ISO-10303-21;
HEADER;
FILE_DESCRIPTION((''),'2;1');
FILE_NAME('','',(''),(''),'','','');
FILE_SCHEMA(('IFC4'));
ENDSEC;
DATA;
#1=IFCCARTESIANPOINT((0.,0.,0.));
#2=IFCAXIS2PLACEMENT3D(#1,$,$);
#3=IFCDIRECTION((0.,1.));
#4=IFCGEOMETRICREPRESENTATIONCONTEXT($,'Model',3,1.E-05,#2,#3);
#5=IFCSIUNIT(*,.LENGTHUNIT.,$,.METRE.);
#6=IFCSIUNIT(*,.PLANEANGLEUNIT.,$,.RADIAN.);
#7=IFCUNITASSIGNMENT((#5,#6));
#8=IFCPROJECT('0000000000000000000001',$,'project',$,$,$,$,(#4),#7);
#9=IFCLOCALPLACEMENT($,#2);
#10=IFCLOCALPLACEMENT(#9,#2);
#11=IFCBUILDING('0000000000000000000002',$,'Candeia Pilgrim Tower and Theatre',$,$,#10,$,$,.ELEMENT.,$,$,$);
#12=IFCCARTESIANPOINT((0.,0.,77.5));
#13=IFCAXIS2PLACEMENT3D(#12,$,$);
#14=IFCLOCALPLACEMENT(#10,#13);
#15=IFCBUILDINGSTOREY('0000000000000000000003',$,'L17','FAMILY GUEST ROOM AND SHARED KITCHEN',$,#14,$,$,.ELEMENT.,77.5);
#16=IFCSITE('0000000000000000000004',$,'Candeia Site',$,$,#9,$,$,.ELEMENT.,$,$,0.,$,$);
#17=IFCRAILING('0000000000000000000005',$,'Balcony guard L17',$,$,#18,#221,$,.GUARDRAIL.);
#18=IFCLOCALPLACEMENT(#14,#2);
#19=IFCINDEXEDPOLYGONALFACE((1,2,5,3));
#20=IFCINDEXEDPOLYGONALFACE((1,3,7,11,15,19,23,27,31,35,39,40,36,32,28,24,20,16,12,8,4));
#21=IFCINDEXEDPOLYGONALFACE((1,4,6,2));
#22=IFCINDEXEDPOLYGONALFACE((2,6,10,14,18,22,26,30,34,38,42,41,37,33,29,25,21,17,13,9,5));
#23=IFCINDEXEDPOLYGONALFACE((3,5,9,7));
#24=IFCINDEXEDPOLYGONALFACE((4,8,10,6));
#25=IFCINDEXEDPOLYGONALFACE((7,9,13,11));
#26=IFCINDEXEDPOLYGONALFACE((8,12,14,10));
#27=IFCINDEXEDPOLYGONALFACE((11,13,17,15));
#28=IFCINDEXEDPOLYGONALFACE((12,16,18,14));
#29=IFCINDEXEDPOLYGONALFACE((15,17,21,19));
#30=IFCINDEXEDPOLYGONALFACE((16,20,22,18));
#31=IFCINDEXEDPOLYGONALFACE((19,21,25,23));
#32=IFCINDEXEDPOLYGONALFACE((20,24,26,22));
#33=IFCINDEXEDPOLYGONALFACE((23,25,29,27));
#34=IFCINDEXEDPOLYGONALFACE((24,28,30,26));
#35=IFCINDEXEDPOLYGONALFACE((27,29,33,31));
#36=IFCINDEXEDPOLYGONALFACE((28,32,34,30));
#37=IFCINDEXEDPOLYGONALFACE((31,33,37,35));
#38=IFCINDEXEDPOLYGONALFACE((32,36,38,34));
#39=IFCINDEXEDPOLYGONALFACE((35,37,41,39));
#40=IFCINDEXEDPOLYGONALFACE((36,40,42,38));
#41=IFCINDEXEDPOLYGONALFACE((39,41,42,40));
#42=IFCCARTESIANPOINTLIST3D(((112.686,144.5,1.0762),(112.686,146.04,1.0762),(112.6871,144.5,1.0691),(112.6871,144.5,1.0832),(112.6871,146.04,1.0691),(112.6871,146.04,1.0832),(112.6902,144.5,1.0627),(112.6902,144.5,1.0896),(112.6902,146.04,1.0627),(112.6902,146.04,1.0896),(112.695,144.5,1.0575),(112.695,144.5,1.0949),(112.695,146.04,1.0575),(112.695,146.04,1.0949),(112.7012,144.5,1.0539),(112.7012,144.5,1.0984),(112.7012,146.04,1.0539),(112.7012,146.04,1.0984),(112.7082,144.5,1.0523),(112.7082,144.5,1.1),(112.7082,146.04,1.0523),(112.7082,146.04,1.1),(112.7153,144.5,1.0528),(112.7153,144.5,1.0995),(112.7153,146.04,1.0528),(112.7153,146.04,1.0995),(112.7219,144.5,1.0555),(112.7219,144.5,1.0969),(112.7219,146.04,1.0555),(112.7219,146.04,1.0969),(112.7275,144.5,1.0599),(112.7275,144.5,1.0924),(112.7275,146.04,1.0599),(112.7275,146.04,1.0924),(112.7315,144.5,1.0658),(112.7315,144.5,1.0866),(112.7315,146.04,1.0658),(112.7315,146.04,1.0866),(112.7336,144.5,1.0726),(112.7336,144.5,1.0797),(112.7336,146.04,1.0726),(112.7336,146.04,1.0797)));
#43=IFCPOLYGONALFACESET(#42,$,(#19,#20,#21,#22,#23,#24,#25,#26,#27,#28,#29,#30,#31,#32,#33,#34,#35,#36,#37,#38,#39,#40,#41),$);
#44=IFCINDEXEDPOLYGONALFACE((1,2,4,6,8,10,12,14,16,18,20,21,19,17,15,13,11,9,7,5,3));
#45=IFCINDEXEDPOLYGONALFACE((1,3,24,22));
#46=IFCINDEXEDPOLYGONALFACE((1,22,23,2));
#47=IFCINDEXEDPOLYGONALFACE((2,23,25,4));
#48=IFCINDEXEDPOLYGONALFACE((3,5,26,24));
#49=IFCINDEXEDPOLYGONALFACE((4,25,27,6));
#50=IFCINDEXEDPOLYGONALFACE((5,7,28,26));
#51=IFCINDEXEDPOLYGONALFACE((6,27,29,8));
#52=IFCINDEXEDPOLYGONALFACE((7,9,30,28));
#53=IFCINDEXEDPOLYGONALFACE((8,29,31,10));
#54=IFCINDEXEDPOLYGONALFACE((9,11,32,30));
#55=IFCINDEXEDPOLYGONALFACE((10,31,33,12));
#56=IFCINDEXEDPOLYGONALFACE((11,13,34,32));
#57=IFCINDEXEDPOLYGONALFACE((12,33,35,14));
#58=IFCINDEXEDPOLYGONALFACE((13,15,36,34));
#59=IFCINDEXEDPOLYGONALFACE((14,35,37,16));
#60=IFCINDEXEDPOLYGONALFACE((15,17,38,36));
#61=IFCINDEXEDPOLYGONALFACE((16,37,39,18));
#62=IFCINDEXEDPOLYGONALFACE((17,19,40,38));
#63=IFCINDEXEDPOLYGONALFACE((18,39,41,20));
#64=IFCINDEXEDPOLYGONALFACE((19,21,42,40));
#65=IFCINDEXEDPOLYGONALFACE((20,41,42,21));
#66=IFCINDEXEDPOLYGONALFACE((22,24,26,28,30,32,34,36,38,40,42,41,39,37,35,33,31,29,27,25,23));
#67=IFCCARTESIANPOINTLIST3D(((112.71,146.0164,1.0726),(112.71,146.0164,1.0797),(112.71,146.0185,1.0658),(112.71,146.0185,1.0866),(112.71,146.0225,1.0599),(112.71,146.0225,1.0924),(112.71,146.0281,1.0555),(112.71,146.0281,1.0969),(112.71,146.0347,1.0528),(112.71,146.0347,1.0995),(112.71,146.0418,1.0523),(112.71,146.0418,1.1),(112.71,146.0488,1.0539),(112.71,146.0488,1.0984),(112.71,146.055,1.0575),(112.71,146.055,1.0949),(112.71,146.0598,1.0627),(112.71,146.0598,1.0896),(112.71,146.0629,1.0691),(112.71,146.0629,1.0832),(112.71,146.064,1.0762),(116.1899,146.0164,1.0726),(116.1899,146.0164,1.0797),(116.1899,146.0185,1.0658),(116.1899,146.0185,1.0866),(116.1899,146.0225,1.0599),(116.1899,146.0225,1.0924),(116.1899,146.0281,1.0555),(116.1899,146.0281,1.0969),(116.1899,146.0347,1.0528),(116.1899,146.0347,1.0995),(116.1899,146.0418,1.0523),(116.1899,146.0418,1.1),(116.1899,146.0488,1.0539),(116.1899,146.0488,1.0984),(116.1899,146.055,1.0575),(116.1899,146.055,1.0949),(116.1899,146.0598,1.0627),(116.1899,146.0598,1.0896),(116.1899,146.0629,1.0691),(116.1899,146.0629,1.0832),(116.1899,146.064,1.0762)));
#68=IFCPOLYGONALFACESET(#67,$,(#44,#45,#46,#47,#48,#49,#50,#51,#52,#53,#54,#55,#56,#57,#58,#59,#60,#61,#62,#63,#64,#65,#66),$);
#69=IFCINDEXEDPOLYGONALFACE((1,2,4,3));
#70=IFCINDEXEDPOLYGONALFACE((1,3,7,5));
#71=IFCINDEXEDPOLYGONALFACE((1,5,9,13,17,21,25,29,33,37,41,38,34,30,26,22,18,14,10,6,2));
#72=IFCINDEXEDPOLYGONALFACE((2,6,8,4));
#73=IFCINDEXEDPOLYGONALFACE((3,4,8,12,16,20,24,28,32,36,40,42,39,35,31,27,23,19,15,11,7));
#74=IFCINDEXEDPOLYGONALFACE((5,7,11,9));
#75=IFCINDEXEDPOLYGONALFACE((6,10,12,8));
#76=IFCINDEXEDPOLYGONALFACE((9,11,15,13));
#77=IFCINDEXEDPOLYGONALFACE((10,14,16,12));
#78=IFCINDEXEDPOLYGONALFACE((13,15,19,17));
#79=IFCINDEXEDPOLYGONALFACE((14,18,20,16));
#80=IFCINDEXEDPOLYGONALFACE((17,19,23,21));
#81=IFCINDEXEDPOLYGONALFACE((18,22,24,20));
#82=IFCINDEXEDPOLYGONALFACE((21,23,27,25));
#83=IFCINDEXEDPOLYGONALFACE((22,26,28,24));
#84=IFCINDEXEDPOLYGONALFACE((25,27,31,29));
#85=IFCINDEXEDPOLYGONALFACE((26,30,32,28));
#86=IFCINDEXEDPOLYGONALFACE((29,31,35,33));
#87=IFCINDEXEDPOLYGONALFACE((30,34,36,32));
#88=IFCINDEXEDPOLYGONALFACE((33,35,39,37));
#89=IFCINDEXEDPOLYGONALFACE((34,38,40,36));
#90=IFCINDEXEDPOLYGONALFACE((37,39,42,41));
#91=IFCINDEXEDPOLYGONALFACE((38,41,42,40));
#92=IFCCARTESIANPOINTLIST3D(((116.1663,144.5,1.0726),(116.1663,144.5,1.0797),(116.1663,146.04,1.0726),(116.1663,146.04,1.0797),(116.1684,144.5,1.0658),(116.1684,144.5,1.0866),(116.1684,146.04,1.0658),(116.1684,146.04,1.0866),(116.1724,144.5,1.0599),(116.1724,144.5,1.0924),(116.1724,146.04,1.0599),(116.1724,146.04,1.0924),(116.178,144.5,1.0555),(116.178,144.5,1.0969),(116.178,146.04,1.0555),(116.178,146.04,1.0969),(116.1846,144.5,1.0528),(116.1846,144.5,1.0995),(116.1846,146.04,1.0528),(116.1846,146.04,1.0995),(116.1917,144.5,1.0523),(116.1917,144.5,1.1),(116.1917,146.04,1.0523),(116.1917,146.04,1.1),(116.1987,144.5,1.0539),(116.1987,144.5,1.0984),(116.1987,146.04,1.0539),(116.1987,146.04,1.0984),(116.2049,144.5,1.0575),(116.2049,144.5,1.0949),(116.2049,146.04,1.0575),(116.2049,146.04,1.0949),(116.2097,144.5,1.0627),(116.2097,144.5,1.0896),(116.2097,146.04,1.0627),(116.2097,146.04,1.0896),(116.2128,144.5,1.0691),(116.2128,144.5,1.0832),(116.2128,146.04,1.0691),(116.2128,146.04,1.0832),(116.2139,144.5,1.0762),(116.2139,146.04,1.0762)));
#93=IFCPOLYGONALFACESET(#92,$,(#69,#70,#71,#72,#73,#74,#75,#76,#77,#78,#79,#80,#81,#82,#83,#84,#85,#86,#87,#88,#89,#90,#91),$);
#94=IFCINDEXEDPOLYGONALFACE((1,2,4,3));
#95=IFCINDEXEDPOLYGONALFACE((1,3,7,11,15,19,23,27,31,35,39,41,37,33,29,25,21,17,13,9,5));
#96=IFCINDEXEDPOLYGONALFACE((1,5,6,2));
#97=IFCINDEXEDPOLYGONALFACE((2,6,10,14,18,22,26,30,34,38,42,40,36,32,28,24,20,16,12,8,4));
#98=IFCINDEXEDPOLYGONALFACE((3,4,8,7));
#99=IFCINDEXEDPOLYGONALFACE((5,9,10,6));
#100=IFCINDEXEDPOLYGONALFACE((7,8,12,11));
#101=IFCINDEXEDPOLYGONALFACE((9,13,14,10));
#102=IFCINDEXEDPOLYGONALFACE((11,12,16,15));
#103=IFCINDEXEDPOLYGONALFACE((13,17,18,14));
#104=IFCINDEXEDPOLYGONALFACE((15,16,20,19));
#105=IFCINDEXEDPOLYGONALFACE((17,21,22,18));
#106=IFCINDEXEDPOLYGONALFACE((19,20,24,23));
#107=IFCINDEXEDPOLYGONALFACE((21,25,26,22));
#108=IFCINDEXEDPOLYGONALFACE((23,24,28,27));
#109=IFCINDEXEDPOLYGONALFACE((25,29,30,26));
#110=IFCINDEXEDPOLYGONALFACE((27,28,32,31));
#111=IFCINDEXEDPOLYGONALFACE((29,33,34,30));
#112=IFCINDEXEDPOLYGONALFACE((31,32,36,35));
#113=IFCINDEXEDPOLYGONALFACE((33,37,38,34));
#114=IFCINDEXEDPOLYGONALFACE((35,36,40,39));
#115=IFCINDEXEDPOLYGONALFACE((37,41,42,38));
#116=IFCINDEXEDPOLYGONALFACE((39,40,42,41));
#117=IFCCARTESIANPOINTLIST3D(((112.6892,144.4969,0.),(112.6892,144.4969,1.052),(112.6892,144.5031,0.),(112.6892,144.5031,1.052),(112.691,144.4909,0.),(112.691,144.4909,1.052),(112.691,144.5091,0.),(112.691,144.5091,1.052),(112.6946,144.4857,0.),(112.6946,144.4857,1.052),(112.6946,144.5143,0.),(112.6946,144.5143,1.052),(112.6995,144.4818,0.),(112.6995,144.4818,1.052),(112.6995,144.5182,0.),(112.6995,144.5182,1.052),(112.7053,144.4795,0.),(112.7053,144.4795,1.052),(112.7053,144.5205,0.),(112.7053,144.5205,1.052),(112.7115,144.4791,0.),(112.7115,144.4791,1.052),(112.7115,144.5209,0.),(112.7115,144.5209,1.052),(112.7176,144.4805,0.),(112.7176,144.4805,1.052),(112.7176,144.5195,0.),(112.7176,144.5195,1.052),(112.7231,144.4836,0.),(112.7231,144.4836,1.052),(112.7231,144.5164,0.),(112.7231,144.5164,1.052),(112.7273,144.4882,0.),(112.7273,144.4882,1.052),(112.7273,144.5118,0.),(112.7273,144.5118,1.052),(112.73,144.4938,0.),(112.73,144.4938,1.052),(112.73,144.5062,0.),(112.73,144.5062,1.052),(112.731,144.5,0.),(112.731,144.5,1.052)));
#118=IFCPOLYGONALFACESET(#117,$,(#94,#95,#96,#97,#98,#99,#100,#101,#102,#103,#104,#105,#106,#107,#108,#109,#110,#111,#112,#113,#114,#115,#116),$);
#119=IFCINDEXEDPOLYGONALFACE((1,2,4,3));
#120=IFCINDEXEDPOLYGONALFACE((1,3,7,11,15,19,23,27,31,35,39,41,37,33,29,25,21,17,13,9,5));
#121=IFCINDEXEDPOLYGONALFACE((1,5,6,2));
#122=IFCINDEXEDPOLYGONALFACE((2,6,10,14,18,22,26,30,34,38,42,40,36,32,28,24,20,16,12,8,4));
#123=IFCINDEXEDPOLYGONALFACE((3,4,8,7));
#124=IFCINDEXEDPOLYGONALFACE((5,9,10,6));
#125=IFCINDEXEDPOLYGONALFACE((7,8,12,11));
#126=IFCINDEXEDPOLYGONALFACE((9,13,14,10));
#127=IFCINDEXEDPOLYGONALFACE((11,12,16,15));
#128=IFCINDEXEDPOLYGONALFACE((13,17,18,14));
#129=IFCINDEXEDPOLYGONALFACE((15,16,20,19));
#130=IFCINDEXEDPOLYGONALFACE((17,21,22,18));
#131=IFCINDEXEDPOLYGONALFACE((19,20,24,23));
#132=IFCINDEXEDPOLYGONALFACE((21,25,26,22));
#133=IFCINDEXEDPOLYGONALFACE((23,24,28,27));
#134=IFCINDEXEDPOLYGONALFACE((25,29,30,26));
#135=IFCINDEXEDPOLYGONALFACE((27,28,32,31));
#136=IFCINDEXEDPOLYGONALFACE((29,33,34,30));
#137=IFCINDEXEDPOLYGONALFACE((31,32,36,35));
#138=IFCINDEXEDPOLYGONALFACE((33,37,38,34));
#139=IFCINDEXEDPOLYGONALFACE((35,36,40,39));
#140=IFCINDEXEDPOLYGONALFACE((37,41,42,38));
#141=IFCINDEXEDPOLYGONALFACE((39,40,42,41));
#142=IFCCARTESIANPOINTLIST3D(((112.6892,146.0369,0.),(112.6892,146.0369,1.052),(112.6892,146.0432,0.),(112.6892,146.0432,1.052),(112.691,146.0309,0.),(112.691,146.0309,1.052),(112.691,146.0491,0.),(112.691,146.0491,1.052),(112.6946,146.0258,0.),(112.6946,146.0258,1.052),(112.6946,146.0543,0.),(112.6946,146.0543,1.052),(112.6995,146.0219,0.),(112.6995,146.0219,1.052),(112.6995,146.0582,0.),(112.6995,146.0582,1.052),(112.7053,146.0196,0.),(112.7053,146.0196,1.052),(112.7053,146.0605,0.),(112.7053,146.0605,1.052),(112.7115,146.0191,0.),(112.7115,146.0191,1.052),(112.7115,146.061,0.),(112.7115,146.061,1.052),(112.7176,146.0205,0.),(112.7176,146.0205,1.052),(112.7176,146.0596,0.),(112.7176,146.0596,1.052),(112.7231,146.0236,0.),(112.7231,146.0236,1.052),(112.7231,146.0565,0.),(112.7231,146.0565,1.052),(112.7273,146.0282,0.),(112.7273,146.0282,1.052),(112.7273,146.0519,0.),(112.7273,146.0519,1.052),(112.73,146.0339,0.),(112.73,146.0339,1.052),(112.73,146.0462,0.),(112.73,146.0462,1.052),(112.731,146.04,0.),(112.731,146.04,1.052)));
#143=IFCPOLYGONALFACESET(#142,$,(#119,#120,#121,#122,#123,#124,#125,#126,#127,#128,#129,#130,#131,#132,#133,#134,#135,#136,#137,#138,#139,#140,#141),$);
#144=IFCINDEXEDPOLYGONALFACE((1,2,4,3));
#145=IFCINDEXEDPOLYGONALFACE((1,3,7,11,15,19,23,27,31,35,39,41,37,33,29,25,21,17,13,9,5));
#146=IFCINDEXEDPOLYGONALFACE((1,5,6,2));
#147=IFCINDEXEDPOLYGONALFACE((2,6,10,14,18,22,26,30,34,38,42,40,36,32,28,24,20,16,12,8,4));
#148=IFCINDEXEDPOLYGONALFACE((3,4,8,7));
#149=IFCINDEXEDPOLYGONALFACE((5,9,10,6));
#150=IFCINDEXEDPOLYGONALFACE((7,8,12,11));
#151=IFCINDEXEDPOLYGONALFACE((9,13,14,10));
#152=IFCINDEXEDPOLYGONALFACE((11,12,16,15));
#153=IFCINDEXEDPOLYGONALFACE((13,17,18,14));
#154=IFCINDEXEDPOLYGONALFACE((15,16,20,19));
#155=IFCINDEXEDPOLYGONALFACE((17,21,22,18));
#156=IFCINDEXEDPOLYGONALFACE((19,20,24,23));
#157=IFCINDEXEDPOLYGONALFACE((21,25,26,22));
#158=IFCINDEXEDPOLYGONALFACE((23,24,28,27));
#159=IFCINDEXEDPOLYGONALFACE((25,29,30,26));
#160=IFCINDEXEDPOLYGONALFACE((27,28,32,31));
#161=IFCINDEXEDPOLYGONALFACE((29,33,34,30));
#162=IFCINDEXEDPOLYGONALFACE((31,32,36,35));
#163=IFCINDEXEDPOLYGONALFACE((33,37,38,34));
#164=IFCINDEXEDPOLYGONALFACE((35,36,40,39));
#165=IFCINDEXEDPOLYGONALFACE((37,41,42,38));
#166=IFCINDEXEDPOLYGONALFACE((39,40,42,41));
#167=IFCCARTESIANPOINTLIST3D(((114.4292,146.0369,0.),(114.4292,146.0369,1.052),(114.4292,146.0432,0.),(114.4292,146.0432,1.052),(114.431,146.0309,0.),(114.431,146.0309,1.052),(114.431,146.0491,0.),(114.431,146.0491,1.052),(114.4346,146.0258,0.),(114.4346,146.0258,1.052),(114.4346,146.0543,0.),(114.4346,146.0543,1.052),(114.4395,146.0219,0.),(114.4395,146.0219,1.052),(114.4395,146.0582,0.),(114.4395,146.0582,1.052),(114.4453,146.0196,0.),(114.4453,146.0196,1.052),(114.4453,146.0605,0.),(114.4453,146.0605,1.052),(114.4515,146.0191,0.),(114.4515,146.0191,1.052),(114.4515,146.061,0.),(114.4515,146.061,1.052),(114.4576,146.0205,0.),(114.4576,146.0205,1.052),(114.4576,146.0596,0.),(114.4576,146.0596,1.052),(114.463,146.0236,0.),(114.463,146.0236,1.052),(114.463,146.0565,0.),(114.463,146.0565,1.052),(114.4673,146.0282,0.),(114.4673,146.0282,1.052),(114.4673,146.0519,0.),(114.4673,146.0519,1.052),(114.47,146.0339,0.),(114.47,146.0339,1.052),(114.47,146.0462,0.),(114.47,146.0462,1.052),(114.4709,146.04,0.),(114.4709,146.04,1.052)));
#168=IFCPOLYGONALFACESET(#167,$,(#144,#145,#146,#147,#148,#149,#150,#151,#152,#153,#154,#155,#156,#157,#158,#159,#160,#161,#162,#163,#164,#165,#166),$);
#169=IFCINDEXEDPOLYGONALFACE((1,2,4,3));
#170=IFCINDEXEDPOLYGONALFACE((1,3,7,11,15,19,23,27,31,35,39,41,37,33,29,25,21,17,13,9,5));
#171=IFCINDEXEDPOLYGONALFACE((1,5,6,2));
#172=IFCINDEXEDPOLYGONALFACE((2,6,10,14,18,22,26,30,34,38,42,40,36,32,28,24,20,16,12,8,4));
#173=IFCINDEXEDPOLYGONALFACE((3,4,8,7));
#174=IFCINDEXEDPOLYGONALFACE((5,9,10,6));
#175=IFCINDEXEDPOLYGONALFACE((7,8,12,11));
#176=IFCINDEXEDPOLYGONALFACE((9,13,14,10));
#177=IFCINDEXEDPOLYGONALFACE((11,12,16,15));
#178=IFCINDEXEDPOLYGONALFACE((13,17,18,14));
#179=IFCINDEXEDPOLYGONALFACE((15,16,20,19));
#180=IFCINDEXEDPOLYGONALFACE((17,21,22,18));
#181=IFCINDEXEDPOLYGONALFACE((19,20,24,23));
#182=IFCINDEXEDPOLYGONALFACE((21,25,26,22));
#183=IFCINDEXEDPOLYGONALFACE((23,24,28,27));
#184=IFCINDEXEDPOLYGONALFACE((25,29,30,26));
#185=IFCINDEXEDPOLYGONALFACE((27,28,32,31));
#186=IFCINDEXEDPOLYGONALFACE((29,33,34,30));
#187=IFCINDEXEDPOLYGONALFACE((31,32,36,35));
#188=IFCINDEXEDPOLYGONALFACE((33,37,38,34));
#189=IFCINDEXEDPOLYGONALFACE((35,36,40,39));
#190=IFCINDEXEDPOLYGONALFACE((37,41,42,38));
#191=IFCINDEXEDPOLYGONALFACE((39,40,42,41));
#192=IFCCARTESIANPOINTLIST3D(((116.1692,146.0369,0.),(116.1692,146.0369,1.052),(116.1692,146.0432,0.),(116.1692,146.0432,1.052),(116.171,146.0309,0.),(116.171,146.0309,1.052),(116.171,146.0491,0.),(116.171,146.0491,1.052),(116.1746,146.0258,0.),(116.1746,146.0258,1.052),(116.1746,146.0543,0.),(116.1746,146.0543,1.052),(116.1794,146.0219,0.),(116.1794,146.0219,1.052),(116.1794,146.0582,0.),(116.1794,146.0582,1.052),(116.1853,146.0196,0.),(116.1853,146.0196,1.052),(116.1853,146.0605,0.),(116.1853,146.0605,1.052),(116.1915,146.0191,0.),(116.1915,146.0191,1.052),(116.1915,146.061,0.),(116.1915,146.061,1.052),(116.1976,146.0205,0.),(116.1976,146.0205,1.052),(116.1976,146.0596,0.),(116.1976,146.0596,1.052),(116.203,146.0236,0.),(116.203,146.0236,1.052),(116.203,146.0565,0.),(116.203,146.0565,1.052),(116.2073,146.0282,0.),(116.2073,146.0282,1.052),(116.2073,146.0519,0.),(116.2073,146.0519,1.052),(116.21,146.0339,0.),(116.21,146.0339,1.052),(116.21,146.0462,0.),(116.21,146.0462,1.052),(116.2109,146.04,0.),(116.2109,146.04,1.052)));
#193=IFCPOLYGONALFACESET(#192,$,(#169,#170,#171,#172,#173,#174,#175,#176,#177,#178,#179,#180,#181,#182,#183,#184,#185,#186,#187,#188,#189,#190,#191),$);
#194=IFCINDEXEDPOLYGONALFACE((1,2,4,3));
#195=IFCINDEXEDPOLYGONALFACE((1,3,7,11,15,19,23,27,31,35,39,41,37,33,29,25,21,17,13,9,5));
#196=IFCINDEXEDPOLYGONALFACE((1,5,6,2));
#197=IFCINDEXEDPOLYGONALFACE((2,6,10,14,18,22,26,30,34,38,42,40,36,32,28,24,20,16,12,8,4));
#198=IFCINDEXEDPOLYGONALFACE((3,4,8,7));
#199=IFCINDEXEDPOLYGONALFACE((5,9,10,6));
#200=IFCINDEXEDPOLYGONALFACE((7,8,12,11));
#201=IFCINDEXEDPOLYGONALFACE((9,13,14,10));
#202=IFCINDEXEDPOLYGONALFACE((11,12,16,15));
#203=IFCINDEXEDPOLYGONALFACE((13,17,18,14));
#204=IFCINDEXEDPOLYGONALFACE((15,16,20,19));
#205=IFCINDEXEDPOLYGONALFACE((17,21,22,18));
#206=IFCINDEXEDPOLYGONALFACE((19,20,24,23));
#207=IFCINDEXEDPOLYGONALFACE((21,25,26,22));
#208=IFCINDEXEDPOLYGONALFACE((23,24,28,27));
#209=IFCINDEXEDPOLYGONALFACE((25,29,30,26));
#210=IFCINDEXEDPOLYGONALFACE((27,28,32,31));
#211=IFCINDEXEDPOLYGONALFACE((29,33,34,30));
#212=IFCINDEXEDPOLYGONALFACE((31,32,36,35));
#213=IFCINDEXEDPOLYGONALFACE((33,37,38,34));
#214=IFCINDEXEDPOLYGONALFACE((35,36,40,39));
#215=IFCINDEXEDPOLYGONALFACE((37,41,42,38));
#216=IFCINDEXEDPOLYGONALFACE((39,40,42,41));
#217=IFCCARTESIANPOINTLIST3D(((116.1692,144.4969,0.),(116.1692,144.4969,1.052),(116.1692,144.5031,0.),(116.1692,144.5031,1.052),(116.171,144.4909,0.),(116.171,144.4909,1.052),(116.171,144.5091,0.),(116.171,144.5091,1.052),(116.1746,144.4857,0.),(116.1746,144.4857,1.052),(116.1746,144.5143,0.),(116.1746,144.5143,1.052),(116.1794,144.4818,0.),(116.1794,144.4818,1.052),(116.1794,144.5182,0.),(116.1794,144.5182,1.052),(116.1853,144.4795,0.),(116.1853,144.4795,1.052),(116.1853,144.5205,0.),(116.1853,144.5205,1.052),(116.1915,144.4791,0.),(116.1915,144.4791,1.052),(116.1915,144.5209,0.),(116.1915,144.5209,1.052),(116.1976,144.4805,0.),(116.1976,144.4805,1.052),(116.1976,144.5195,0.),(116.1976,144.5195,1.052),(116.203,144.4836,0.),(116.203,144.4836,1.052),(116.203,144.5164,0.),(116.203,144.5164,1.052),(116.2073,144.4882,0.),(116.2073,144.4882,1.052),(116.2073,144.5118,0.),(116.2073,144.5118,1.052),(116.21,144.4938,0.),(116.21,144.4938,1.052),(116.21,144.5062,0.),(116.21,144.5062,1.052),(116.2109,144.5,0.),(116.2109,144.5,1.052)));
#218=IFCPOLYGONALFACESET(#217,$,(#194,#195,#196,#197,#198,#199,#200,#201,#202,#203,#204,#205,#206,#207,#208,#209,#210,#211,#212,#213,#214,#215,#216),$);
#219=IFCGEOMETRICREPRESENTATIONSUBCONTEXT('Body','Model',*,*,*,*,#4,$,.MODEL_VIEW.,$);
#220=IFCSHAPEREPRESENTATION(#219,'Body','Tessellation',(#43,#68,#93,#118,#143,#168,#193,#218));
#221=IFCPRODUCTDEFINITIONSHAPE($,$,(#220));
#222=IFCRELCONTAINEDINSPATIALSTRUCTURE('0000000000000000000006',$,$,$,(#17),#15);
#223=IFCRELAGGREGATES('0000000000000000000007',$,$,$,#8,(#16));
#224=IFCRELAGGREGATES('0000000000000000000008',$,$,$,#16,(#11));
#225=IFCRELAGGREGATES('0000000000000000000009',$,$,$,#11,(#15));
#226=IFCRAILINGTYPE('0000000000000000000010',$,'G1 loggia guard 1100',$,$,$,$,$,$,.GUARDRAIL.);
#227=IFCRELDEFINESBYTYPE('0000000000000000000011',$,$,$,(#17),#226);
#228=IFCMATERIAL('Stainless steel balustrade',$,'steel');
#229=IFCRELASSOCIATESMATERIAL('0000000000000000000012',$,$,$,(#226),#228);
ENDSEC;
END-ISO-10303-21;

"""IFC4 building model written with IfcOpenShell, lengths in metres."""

from ifc_helpers import new_model, si_unit, direction, frame, origin, origin_2d, place, context, subcontext, project, spatial, circle, extrude, material, type_object, element, save


model = new_model("IFC4")

# Units and contexts
model_context = context("Model", 3, precision=1e-05, world=origin(), true_north=direction((0.0, 1.0)))
body_context = subcontext(model_context, "Body", "Model", "MODEL_VIEW")
ifc_project = project(units=[si_unit("LENGTHUNIT", "METRE"), si_unit("PLANEANGLEUNIT", "RADIAN")], contexts=[model_context])

# Site, building, storey
site_placement = place(None, origin())
site = spatial("IfcSite", under=ifc_project, at=site_placement, Name="Candeia Site", CompositionType="ELEMENT", RefElevation=0.0)
building_placement = place(site_placement, origin())
building = spatial("IfcBuilding", under=site, at=building_placement, Name="Candeia Pilgrim Tower and Theatre", CompositionType="ELEMENT")
storey_placement = place(building_placement, frame((0.0, 0.0, 77.5)))
storey = spatial("IfcBuildingStorey", under=building, at=storey_placement, Name="L17", Description="FAMILY GUEST ROOM AND SHARED KITCHEN", CompositionType="ELEMENT", Elevation=77.5)

# Railing
ifc_material_1 = material(Name="Stainless steel balustrade", Category="steel")
railing_type = type_object("IfcRailingType", Name="G1 loggia guard 1100", PredefinedType="GUARDRAIL", material=ifc_material_1)
railing_placement = place(storey_placement, frame((112.71, 144.5, 0.0)))
element("IfcRailing", 1, at=railing_placement, inside=storey, type_object=railing_type, Name="Balcony guard L17", PredefinedType="GUARDRAIL", context=body_context, shape_type="SweptSolid", body=[
    extrude(circle(Radius=0.0239, at=origin_2d()), frame((0.0, 0.0, 1.0762), z_axis=(0.0, 1.0, 0.0), x_axis=(-1.0, 0.0, 0.0)), (0.0, 0.0, 1.0), 1.54),
    extrude(circle(Radius=0.0239, at=origin_2d()), frame((0.0, 1.54, 1.0762), z_axis=(1.0, 0.0, 0.0), x_axis=(0.0, 1.0, 0.0)), (0.0, 0.0, 1.0), 3.48),
    extrude(circle(Radius=0.0239, at=origin_2d()), frame((3.48, 1.54, 1.0762), z_axis=(0.0, -1.0, 0.0), x_axis=(1.0, 0.0, 0.0)), (0.0, 0.0, 1.0), 1.54),
    extrude(circle(Radius=0.021, at=origin_2d()), origin(), (0.0, 0.0, 1.0), 1.052),
    extrude(circle(Radius=0.021, at=origin_2d()), frame((0.0, 1.54, 0.0)), (0.0, 0.0, 1.0), 1.052),
    extrude(circle(Radius=0.021, at=origin_2d()), frame((1.74, 1.54, 0.0)), (0.0, 0.0, 1.0), 1.052),
    extrude(circle(Radius=0.021, at=origin_2d()), frame((3.48, 1.54, 0.0)), (0.0, 0.0, 1.0), 1.052),
    extrude(circle(Radius=0.021, at=origin_2d()), frame((3.48, 0.0, 0.0)), (0.0, 0.0, 1.0), 1.052),
])

save(model, "model.ifc")
